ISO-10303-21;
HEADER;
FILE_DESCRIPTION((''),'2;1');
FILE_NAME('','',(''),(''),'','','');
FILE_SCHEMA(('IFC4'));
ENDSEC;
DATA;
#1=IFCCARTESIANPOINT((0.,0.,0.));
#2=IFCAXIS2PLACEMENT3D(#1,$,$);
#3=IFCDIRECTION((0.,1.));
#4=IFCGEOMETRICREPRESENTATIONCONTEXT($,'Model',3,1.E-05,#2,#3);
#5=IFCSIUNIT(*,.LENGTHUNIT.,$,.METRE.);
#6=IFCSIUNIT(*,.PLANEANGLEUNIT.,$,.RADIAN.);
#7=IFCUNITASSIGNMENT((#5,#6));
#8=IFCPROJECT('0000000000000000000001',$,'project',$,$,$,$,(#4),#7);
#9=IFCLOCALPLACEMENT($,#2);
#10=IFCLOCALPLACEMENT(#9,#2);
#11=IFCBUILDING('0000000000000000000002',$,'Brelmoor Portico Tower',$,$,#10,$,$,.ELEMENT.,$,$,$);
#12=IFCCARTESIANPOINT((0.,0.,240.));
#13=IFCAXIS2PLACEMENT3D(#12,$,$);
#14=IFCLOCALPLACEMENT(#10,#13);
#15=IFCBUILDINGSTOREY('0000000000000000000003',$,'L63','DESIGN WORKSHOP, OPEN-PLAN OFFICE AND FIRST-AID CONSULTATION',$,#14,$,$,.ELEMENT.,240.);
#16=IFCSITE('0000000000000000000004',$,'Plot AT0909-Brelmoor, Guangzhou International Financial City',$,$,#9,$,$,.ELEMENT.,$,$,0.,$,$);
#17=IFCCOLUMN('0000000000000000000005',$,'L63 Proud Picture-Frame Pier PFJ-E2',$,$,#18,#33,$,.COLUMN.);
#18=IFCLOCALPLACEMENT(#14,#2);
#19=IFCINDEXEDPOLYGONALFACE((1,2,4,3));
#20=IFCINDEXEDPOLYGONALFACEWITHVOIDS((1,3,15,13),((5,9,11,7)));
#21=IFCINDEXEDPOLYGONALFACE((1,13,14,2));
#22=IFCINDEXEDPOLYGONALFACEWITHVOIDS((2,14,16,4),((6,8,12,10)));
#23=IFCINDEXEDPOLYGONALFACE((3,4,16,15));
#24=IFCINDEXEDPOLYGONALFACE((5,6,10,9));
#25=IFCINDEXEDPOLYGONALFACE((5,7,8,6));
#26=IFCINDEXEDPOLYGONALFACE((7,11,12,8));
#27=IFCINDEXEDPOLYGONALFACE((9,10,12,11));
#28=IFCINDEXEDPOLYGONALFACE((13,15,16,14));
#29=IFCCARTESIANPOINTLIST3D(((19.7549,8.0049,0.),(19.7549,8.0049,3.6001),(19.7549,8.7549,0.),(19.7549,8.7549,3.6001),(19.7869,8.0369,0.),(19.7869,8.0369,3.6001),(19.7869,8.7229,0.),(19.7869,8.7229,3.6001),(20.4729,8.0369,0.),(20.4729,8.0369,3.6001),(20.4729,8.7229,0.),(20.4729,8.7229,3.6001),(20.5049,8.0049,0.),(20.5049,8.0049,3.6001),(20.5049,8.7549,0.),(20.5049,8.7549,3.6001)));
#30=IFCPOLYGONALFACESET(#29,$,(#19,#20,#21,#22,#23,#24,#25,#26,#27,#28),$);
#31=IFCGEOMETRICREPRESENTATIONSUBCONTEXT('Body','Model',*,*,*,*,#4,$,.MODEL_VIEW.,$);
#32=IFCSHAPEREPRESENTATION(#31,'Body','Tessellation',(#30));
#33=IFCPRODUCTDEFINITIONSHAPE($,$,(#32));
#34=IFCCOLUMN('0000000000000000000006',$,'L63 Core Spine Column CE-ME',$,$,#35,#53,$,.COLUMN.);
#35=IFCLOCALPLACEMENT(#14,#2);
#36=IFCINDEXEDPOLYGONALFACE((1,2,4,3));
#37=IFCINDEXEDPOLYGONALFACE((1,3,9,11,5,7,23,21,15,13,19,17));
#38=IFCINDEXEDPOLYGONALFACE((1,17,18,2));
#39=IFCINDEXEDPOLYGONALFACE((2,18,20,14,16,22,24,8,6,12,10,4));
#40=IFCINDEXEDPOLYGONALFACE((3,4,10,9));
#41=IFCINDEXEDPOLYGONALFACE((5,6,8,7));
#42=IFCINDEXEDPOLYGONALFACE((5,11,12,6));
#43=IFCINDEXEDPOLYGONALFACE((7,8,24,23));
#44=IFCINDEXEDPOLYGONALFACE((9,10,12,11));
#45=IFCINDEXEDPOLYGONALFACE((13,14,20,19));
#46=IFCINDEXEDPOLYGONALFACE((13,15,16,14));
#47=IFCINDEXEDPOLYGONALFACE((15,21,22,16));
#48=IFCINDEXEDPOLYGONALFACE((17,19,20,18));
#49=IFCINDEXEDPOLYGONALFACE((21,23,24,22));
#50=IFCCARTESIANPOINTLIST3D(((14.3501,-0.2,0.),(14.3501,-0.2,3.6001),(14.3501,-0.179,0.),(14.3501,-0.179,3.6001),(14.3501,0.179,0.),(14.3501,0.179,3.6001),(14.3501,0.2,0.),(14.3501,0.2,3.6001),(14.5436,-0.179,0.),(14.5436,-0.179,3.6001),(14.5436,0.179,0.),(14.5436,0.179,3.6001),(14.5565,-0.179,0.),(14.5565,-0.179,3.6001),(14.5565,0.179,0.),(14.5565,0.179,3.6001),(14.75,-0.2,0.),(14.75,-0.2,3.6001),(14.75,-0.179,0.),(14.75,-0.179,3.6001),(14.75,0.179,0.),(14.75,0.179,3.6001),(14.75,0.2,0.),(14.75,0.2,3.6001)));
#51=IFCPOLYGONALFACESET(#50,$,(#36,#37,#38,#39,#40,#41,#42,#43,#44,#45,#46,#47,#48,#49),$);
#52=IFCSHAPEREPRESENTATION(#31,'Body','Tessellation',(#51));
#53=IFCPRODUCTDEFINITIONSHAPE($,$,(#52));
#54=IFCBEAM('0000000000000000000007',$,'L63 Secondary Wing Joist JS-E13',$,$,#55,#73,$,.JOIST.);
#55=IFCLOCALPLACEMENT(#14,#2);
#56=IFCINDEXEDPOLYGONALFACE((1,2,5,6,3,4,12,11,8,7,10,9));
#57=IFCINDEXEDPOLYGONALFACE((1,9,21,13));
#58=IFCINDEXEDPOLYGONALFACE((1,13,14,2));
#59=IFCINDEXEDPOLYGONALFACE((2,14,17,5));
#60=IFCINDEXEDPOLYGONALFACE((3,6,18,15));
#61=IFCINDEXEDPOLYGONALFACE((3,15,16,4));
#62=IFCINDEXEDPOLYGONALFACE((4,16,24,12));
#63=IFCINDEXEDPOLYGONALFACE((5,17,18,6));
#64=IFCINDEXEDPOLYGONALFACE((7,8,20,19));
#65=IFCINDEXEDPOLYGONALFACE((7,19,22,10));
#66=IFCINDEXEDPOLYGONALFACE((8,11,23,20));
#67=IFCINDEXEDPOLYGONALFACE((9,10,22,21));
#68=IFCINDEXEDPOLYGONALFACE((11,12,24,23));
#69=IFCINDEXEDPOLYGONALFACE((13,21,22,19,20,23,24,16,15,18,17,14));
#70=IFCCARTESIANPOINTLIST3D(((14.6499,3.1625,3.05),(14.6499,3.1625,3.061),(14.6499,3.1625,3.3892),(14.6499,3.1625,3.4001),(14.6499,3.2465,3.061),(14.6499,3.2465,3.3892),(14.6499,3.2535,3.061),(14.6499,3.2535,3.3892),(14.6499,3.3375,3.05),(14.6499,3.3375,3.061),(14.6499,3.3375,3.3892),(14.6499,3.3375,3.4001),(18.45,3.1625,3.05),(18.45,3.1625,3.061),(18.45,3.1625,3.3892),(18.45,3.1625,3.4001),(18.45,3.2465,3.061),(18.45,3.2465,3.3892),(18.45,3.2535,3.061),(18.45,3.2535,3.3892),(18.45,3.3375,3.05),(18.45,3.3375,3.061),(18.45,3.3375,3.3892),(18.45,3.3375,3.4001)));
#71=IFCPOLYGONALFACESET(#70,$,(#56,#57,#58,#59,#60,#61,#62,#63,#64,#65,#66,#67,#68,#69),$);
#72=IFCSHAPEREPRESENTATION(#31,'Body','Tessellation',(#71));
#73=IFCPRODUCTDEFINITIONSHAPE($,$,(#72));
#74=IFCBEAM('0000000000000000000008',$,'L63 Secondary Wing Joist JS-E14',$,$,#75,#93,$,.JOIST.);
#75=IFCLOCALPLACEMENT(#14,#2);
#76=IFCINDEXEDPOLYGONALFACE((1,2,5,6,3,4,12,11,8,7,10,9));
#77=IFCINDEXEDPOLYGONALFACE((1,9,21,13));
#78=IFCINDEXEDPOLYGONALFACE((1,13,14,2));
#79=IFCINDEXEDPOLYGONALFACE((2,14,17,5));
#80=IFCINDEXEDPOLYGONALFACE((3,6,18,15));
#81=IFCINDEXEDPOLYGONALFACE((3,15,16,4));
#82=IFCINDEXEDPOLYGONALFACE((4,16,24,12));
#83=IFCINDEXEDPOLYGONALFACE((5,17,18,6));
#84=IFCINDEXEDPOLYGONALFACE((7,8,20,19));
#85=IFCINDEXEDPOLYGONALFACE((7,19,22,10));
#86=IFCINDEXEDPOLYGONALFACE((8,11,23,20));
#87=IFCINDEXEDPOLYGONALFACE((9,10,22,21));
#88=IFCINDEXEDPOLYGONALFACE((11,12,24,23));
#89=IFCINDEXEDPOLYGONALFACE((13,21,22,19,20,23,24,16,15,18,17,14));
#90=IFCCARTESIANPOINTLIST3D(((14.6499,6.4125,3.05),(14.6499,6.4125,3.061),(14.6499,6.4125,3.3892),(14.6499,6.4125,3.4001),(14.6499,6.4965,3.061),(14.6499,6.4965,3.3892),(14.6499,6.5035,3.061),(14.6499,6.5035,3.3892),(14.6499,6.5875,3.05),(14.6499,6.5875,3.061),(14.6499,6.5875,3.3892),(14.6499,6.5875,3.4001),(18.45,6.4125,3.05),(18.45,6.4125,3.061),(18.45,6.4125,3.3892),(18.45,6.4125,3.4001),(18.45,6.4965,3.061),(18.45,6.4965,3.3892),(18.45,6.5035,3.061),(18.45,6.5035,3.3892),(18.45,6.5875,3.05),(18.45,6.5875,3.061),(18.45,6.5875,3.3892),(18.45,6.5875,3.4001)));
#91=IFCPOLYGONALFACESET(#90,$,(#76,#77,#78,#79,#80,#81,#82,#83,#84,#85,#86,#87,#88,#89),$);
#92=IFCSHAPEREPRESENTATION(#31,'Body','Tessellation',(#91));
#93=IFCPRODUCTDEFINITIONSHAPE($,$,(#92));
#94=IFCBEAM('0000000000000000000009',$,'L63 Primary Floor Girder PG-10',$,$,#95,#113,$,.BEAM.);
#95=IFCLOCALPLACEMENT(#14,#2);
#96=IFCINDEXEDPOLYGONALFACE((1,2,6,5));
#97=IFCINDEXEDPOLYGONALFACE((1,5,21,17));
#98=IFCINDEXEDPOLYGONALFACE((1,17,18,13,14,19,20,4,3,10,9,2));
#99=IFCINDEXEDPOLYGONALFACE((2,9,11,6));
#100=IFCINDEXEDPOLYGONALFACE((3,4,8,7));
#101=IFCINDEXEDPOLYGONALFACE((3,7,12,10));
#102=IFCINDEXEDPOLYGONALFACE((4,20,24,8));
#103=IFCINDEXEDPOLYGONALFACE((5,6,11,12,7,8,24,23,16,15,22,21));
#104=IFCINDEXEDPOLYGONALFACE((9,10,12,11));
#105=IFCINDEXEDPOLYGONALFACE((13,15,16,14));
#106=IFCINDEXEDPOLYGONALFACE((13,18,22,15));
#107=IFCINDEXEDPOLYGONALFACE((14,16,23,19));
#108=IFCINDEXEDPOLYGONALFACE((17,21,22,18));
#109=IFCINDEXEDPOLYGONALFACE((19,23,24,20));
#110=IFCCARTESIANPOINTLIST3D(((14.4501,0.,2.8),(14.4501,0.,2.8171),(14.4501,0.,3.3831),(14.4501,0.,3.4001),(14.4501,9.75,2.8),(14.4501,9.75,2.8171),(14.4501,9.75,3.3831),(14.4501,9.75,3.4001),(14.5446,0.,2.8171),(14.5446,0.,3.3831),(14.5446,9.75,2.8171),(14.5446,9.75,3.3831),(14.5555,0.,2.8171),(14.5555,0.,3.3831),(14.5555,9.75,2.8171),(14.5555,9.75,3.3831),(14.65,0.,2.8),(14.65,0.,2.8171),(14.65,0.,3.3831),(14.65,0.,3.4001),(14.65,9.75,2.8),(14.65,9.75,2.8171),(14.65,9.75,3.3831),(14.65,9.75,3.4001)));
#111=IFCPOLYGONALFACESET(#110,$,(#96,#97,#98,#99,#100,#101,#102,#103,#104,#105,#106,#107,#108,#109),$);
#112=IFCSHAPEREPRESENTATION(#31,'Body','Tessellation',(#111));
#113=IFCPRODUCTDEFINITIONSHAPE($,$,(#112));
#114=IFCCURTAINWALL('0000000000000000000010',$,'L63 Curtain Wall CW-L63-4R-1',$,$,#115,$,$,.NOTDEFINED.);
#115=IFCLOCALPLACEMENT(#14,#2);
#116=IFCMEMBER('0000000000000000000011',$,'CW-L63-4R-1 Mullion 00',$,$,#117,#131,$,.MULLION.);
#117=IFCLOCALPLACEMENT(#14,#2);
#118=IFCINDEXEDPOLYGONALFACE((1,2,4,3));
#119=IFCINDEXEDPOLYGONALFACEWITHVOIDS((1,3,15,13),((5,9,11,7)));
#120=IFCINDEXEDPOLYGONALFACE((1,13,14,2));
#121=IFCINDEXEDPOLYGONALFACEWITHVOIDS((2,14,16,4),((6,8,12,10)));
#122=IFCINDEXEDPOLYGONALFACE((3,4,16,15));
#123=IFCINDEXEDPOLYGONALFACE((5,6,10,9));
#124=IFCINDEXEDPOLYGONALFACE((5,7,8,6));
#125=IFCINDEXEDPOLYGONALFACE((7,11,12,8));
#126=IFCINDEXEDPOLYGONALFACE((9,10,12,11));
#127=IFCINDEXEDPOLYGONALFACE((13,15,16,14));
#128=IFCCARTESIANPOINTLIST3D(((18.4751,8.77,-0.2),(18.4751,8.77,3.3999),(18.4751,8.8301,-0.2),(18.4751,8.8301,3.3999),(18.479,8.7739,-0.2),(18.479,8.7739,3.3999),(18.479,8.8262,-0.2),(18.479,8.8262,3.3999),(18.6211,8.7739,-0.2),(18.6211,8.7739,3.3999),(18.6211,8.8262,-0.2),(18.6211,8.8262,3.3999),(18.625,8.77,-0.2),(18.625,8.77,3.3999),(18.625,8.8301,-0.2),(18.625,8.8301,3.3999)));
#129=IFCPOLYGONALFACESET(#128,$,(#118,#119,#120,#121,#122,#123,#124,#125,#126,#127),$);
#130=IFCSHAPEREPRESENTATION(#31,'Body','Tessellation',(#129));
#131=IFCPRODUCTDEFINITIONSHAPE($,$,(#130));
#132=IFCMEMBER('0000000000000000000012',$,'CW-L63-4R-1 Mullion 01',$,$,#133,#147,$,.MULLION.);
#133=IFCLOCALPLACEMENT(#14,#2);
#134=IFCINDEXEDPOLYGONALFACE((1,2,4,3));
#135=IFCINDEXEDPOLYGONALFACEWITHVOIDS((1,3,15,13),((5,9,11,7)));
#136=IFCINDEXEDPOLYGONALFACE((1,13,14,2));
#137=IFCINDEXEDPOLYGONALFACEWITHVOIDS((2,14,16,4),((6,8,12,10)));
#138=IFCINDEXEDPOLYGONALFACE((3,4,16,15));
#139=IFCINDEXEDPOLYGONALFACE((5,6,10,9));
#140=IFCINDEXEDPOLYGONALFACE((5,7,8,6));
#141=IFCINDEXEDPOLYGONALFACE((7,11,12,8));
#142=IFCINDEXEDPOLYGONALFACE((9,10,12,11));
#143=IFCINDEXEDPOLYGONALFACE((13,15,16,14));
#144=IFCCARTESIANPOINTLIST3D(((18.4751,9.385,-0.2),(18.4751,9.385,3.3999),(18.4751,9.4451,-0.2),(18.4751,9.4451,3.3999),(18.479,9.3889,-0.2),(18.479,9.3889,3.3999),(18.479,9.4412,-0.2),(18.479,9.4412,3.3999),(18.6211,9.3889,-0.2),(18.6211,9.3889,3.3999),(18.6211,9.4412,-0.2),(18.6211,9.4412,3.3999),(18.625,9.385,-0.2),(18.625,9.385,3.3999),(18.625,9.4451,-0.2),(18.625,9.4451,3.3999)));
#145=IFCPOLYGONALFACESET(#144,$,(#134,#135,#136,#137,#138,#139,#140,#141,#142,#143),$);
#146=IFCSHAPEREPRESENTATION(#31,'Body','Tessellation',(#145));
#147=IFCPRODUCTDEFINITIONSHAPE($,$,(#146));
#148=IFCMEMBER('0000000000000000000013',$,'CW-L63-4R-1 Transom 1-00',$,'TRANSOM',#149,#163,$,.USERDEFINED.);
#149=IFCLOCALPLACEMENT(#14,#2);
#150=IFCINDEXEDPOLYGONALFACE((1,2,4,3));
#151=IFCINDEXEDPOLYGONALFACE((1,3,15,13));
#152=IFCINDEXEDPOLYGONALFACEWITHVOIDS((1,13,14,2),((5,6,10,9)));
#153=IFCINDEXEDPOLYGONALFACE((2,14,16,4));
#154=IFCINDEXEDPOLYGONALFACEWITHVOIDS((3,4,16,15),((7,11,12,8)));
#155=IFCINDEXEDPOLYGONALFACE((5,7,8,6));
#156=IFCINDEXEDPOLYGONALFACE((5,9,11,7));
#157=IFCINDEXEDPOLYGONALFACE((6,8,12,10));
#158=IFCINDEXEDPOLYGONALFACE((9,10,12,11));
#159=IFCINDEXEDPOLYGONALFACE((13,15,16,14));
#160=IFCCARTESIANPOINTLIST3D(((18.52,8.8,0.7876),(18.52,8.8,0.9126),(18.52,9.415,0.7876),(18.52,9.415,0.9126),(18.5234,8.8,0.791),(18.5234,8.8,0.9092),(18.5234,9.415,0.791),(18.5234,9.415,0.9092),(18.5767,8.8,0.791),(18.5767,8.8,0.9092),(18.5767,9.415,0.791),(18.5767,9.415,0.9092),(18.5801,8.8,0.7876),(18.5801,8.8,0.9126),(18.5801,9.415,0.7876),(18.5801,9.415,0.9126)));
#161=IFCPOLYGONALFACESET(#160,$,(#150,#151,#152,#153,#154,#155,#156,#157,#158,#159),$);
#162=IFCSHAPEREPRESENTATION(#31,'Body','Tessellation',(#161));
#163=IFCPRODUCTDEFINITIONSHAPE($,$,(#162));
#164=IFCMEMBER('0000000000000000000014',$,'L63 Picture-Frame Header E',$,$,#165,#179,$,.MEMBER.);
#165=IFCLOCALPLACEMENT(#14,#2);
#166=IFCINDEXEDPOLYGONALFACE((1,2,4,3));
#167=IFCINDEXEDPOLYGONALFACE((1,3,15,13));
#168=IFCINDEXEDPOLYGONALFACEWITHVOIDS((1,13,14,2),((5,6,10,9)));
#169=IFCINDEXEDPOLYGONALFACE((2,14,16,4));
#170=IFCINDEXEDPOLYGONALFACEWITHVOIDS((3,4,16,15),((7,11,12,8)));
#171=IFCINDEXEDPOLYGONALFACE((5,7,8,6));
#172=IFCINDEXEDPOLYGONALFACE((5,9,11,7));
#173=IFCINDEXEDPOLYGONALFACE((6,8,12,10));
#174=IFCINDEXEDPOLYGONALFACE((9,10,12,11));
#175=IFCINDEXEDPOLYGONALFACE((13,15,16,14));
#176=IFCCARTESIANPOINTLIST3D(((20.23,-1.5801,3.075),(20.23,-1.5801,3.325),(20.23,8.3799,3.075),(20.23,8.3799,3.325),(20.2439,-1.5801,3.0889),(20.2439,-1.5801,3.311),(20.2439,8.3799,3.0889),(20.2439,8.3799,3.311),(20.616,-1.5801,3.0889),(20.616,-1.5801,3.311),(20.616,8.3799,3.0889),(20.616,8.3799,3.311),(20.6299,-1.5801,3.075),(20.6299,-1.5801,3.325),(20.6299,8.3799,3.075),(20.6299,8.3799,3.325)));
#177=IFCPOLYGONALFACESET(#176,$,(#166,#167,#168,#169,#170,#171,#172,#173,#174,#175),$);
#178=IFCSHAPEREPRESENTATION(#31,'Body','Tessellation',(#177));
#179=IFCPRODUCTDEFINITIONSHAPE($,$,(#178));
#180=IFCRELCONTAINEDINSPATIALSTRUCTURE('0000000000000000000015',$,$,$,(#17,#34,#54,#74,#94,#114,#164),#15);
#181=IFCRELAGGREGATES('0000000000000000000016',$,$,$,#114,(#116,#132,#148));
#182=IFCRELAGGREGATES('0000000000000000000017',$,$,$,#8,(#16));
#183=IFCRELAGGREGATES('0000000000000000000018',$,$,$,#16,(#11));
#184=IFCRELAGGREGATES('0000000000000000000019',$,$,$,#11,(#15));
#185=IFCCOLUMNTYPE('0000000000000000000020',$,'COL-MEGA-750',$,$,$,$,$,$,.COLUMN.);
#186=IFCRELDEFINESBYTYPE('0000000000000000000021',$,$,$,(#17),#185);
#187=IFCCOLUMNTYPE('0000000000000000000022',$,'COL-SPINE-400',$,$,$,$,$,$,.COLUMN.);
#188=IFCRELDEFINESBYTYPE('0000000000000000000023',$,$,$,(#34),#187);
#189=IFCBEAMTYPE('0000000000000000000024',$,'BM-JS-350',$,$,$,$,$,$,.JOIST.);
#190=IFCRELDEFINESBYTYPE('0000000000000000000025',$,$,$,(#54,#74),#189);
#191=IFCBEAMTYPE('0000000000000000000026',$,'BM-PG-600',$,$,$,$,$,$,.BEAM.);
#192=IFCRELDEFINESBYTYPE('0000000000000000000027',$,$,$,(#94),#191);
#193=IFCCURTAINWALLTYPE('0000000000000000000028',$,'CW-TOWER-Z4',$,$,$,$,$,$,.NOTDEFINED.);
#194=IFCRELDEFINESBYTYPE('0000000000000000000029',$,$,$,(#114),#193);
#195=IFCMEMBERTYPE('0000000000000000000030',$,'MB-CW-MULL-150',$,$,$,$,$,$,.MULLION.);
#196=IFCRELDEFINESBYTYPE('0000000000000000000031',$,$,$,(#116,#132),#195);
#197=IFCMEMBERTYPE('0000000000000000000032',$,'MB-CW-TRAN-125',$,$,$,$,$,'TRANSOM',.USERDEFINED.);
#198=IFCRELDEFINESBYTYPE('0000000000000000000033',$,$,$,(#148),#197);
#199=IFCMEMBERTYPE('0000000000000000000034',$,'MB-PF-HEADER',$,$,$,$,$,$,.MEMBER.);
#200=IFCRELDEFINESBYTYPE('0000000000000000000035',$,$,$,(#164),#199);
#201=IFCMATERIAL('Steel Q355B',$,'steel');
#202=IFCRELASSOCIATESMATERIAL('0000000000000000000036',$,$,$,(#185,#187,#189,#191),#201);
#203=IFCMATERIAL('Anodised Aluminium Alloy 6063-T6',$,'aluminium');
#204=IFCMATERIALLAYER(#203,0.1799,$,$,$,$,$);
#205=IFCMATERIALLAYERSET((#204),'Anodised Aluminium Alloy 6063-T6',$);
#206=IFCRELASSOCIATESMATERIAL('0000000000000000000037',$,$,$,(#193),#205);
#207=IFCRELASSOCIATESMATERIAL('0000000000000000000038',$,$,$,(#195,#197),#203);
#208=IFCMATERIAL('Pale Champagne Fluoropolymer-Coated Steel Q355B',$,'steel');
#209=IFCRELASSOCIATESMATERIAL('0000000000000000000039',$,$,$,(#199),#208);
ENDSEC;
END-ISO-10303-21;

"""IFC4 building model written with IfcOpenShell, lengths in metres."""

from ifc_helpers import new_model, si_unit, direction, frame, origin, origin_2d, place, context, subcontext, project, spatial, hollow_rectangle, i_section, extrude, material, layer, layer_set, material_profile, profile_set, type_object, element, aggregate, save


model = new_model("IFC4")

# Units and contexts
model_context = context("Model", 3, precision=1e-05, world=origin(), true_north=direction((0.0, 1.0)))
body_context = subcontext(model_context, "Body", "Model", "MODEL_VIEW")
ifc_project = project(units=[si_unit("LENGTHUNIT", "METRE"), si_unit("PLANEANGLEUNIT", "RADIAN")], contexts=[model_context])

# Site, building, storey
site_placement = place(None, origin())
site = spatial("IfcSite", under=ifc_project, at=site_placement, Name="Plot AT0909-Brelmoor, Guangzhou International Financial City", CompositionType="ELEMENT", RefElevation=0.0)
building_placement = place(site_placement, origin())
building = spatial("IfcBuilding", under=site, at=building_placement, Name="Brelmoor Portico Tower", CompositionType="ELEMENT")
storey_placement = place(building_placement, frame((0.0, 0.0, 240.0)))
storey = spatial("IfcBuildingStorey", under=building, at=storey_placement, Name="L63", Description="DESIGN WORKSHOP, OPEN-PLAN OFFICE AND FIRST-AID CONSULTATION", CompositionType="ELEMENT", Elevation=240.0)

# Columns
ifc_material_1 = material(Name="Steel Q355B", Category="steel")
ifc_material_profile_1 = material_profile(ifc_material_1, hollow_rectangle(XDim=0.75, YDim=0.75, WallThickness=0.032, at=origin_2d()), Name="BOX 750x750x32")
ifc_profile_set_1 = profile_set([ifc_material_profile_1], Name="Steel Q355B")
column_type_1 = type_object("IfcColumnType", Name="COL-MEGA-750", PredefinedType="COLUMN", material=ifc_profile_set_1)
column_1_placement = place(storey_placement, frame((20.1299, 8.3799, 0.0), z_axis=(0.0, 0.0, 1.0), x_axis=(0.0, 1.0, 0.0)))
element("IfcColumn", 1, at=column_1_placement, inside=storey, type_object=column_type_1, Name="L63 Proud Picture-Frame Pier PFJ-E2", PredefinedType="COLUMN", context=body_context, shape_type="SweptSolid", body=[
    extrude(hollow_rectangle(XDim=0.75, YDim=0.75, WallThickness=0.032, at=origin_2d()), origin(), (0.0, 0.0, 1.0), 3.6001),
])
ifc_material_profile_2 = material_profile(ifc_material_1, i_section(OverallWidth=0.3999, OverallDepth=0.3999, WebThickness=0.0129, FlangeThickness=0.021, at=origin_2d()), Name="HW 400x400x13x21")
ifc_profile_set_2 = profile_set([ifc_material_profile_2], Name="Steel Q355B")
column_type_2 = type_object("IfcColumnType", Name="COL-SPINE-400", PredefinedType="COLUMN", material=ifc_profile_set_2)
column_2_placement = place(storey_placement, frame((14.55, 0.0, 0.0), z_axis=(0.0, 0.0, 1.0), x_axis=(1.0, 0.0, 0.0)))
element("IfcColumn", 2, at=column_2_placement, inside=storey, type_object=column_type_2, Name="L63 Core Spine Column CE-ME", PredefinedType="COLUMN", context=body_context, shape_type="SweptSolid", body=[
    extrude(i_section(OverallWidth=0.3999, OverallDepth=0.3999, WebThickness=0.0129, FlangeThickness=0.021, at=origin_2d()), origin(), (0.0, 0.0, 1.0), 3.6001),
])

# Beams
ifc_material_profile_3 = material_profile(ifc_material_1, i_section(OverallWidth=0.175, OverallDepth=0.3501, WebThickness=0.0071, FlangeThickness=0.011, at=origin_2d()), Name="HN 350x175x7x11")
ifc_profile_set_3 = profile_set([ifc_material_profile_3], Name="Steel Q355B")
beam_type_1 = type_object("IfcBeamType", Name="BM-JS-350", PredefinedType="JOIST", material=ifc_profile_set_3)
for number, where, z_axis, x_axis, name in (
    (3, (14.6499, 3.25, 3.2251), (1.0, 0.0, 0.0), (0.0, 1.0, 0.0), "L63 Secondary Wing Joist JS-E13"),
    (4, (14.6499, 6.5, 3.2251), (1.0, 0.0, 0.0), (0.0, 1.0, 0.0), "L63 Secondary Wing Joist JS-E14"),
):
    element("IfcBeam", number, at=place(storey_placement, frame(where, z_axis=z_axis, x_axis=x_axis)), inside=storey, type_object=beam_type_1, Name=name, PredefinedType="JOIST", context=body_context, shape_type="SweptSolid", body=[
        extrude(i_section(OverallWidth=0.175, OverallDepth=0.3501, WebThickness=0.0071, FlangeThickness=0.011, at=origin_2d()), origin(), (0.0, 0.0, 1.0), 3.8),
    ])
ifc_material_profile_4 = material_profile(ifc_material_1, i_section(OverallWidth=0.2, OverallDepth=0.6001, WebThickness=0.011, FlangeThickness=0.0171, at=origin_2d()), Name="HN 600x200x11x17")
ifc_profile_set_4 = profile_set([ifc_material_profile_4], Name="Steel Q355B")
beam_type_2 = type_object("IfcBeamType", Name="BM-PG-600", PredefinedType="BEAM", material=ifc_profile_set_4)
beam_placement = place(storey_placement, frame((14.55, 0.0, 3.1001), z_axis=(0.0, 1.0, 0.0), x_axis=(-1.0, 0.0, 0.0)))
element("IfcBeam", 5, at=beam_placement, inside=storey, type_object=beam_type_2, Name="L63 Primary Floor Girder PG-10", PredefinedType="BEAM", context=body_context, shape_type="SweptSolid", body=[
    extrude(i_section(OverallWidth=0.2, OverallDepth=0.6001, WebThickness=0.011, FlangeThickness=0.0171, at=origin_2d()), origin(), (0.0, 0.0, 1.0), 9.75),
])

# Curtain wall, members
ifc_material_2 = material(Name="Anodised Aluminium Alloy 6063-T6", Category="aluminium")
ifc_layer_1 = layer(ifc_material_2, 0.1799)
ifc_layer_set_1 = layer_set([ifc_layer_1], Name="Anodised Aluminium Alloy 6063-T6")
curtain_wall_type = type_object("IfcCurtainWallType", Name="CW-TOWER-Z4", PredefinedType="NOTDEFINED", material=ifc_layer_set_1)
curtain_wall_placement = place(storey_placement, origin())
curtain_wall = element("IfcCurtainWall", 6, at=curtain_wall_placement, inside=storey, type_object=curtain_wall_type, Name="L63 Curtain Wall CW-L63-4R-1", PredefinedType="NOTDEFINED")
ifc_material_profile_5 = material_profile(ifc_material_2, hollow_rectangle(XDim=0.0601, YDim=0.1499, WallThickness=0.0039, at=origin_2d()), Name="ALU MULLION 60x150")
ifc_profile_set_5 = profile_set([ifc_material_profile_5], Name="Anodised Aluminium Alloy 6063-T6")
member_type_1 = type_object("IfcMemberType", Name="MB-CW-MULL-150", PredefinedType="MULLION", material=ifc_profile_set_5)
member_1_placement = place(storey_placement, frame((18.55, 8.8, -0.2), z_axis=(0.0, 0.0, 1.0), x_axis=(0.0, 1.0, 0.0)))
member_1 = element("IfcMember", 7, at=member_1_placement, type_object=member_type_1, Name="CW-L63-4R-1 Mullion 00", PredefinedType="MULLION", context=body_context, shape_type="SweptSolid", body=[
    extrude(hollow_rectangle(XDim=0.0601, YDim=0.1499, WallThickness=0.0039, at=origin_2d()), origin(), (0.0, 0.0, 1.0), 3.5999),
])
member_2_placement = place(storey_placement, frame((18.55, 9.415, -0.2), z_axis=(0.0, 0.0, 1.0), x_axis=(0.0, 1.0, 0.0)))
member_2 = element("IfcMember", 8, at=member_2_placement, type_object=member_type_1, Name="CW-L63-4R-1 Mullion 01", PredefinedType="MULLION", context=body_context, shape_type="SweptSolid", body=[
    extrude(hollow_rectangle(XDim=0.0601, YDim=0.1499, WallThickness=0.0039, at=origin_2d()), origin(), (0.0, 0.0, 1.0), 3.5999),
])
ifc_material_profile_6 = material_profile(ifc_material_2, hollow_rectangle(XDim=0.0601, YDim=0.125, WallThickness=0.0034, at=origin_2d()), Name="ALU TRANSOM 60x125")
ifc_profile_set_6 = profile_set([ifc_material_profile_6], Name="Anodised Aluminium Alloy 6063-T6")
member_type_2 = type_object("IfcMemberType", Name="MB-CW-TRAN-125", ElementType="TRANSOM", PredefinedType="USERDEFINED", material=ifc_profile_set_6)
member_3_placement = place(storey_placement, frame((18.55, 8.8, 0.8501), z_axis=(0.0, 1.0, 0.0), x_axis=(-1.0, 0.0, 0.0)))
member_3 = element("IfcMember", 9, at=member_3_placement, type_object=member_type_2, Name="CW-L63-4R-1 Transom 1-00", ObjectType="TRANSOM", PredefinedType="USERDEFINED", context=body_context, shape_type="SweptSolid", body=[
    extrude(hollow_rectangle(XDim=0.0601, YDim=0.125, WallThickness=0.0034, at=origin_2d()), origin(), (0.0, 0.0, 1.0), 0.615),
])

# Member
ifc_material_3 = material(Name="Pale Champagne Fluoropolymer-Coated Steel Q355B", Category="steel")
ifc_material_profile_7 = material_profile(ifc_material_3, hollow_rectangle(XDim=0.25, YDim=0.3999, WallThickness=0.0139, at=origin_2d()), Name="RHS 250x400x14")
ifc_profile_set_7 = profile_set([ifc_material_profile_7], Name="Pale Champagne Fluoropolymer-Coated Steel Q355B")
member_type_3 = type_object("IfcMemberType", Name="MB-PF-HEADER", PredefinedType="MEMBER", material=ifc_profile_set_7)
member_4_placement = place(storey_placement, frame((20.4299, -1.5801, 3.2), z_axis=(0.0, 1.0, 0.0), x_axis=(0.0, 0.0, 1.0)))
element("IfcMember", 10, at=member_4_placement, inside=storey, type_object=member_type_3, Name="L63 Picture-Frame Header E", PredefinedType="MEMBER", context=body_context, shape_type="SweptSolid", body=[
    extrude(hollow_rectangle(XDim=0.25, YDim=0.3999, WallThickness=0.0139, at=origin_2d()), origin(), (0.0, 0.0, 1.0), 9.96),
])

aggregate(curtain_wall, [member_1, member_2, member_3])

save(model, "model.ifc")
